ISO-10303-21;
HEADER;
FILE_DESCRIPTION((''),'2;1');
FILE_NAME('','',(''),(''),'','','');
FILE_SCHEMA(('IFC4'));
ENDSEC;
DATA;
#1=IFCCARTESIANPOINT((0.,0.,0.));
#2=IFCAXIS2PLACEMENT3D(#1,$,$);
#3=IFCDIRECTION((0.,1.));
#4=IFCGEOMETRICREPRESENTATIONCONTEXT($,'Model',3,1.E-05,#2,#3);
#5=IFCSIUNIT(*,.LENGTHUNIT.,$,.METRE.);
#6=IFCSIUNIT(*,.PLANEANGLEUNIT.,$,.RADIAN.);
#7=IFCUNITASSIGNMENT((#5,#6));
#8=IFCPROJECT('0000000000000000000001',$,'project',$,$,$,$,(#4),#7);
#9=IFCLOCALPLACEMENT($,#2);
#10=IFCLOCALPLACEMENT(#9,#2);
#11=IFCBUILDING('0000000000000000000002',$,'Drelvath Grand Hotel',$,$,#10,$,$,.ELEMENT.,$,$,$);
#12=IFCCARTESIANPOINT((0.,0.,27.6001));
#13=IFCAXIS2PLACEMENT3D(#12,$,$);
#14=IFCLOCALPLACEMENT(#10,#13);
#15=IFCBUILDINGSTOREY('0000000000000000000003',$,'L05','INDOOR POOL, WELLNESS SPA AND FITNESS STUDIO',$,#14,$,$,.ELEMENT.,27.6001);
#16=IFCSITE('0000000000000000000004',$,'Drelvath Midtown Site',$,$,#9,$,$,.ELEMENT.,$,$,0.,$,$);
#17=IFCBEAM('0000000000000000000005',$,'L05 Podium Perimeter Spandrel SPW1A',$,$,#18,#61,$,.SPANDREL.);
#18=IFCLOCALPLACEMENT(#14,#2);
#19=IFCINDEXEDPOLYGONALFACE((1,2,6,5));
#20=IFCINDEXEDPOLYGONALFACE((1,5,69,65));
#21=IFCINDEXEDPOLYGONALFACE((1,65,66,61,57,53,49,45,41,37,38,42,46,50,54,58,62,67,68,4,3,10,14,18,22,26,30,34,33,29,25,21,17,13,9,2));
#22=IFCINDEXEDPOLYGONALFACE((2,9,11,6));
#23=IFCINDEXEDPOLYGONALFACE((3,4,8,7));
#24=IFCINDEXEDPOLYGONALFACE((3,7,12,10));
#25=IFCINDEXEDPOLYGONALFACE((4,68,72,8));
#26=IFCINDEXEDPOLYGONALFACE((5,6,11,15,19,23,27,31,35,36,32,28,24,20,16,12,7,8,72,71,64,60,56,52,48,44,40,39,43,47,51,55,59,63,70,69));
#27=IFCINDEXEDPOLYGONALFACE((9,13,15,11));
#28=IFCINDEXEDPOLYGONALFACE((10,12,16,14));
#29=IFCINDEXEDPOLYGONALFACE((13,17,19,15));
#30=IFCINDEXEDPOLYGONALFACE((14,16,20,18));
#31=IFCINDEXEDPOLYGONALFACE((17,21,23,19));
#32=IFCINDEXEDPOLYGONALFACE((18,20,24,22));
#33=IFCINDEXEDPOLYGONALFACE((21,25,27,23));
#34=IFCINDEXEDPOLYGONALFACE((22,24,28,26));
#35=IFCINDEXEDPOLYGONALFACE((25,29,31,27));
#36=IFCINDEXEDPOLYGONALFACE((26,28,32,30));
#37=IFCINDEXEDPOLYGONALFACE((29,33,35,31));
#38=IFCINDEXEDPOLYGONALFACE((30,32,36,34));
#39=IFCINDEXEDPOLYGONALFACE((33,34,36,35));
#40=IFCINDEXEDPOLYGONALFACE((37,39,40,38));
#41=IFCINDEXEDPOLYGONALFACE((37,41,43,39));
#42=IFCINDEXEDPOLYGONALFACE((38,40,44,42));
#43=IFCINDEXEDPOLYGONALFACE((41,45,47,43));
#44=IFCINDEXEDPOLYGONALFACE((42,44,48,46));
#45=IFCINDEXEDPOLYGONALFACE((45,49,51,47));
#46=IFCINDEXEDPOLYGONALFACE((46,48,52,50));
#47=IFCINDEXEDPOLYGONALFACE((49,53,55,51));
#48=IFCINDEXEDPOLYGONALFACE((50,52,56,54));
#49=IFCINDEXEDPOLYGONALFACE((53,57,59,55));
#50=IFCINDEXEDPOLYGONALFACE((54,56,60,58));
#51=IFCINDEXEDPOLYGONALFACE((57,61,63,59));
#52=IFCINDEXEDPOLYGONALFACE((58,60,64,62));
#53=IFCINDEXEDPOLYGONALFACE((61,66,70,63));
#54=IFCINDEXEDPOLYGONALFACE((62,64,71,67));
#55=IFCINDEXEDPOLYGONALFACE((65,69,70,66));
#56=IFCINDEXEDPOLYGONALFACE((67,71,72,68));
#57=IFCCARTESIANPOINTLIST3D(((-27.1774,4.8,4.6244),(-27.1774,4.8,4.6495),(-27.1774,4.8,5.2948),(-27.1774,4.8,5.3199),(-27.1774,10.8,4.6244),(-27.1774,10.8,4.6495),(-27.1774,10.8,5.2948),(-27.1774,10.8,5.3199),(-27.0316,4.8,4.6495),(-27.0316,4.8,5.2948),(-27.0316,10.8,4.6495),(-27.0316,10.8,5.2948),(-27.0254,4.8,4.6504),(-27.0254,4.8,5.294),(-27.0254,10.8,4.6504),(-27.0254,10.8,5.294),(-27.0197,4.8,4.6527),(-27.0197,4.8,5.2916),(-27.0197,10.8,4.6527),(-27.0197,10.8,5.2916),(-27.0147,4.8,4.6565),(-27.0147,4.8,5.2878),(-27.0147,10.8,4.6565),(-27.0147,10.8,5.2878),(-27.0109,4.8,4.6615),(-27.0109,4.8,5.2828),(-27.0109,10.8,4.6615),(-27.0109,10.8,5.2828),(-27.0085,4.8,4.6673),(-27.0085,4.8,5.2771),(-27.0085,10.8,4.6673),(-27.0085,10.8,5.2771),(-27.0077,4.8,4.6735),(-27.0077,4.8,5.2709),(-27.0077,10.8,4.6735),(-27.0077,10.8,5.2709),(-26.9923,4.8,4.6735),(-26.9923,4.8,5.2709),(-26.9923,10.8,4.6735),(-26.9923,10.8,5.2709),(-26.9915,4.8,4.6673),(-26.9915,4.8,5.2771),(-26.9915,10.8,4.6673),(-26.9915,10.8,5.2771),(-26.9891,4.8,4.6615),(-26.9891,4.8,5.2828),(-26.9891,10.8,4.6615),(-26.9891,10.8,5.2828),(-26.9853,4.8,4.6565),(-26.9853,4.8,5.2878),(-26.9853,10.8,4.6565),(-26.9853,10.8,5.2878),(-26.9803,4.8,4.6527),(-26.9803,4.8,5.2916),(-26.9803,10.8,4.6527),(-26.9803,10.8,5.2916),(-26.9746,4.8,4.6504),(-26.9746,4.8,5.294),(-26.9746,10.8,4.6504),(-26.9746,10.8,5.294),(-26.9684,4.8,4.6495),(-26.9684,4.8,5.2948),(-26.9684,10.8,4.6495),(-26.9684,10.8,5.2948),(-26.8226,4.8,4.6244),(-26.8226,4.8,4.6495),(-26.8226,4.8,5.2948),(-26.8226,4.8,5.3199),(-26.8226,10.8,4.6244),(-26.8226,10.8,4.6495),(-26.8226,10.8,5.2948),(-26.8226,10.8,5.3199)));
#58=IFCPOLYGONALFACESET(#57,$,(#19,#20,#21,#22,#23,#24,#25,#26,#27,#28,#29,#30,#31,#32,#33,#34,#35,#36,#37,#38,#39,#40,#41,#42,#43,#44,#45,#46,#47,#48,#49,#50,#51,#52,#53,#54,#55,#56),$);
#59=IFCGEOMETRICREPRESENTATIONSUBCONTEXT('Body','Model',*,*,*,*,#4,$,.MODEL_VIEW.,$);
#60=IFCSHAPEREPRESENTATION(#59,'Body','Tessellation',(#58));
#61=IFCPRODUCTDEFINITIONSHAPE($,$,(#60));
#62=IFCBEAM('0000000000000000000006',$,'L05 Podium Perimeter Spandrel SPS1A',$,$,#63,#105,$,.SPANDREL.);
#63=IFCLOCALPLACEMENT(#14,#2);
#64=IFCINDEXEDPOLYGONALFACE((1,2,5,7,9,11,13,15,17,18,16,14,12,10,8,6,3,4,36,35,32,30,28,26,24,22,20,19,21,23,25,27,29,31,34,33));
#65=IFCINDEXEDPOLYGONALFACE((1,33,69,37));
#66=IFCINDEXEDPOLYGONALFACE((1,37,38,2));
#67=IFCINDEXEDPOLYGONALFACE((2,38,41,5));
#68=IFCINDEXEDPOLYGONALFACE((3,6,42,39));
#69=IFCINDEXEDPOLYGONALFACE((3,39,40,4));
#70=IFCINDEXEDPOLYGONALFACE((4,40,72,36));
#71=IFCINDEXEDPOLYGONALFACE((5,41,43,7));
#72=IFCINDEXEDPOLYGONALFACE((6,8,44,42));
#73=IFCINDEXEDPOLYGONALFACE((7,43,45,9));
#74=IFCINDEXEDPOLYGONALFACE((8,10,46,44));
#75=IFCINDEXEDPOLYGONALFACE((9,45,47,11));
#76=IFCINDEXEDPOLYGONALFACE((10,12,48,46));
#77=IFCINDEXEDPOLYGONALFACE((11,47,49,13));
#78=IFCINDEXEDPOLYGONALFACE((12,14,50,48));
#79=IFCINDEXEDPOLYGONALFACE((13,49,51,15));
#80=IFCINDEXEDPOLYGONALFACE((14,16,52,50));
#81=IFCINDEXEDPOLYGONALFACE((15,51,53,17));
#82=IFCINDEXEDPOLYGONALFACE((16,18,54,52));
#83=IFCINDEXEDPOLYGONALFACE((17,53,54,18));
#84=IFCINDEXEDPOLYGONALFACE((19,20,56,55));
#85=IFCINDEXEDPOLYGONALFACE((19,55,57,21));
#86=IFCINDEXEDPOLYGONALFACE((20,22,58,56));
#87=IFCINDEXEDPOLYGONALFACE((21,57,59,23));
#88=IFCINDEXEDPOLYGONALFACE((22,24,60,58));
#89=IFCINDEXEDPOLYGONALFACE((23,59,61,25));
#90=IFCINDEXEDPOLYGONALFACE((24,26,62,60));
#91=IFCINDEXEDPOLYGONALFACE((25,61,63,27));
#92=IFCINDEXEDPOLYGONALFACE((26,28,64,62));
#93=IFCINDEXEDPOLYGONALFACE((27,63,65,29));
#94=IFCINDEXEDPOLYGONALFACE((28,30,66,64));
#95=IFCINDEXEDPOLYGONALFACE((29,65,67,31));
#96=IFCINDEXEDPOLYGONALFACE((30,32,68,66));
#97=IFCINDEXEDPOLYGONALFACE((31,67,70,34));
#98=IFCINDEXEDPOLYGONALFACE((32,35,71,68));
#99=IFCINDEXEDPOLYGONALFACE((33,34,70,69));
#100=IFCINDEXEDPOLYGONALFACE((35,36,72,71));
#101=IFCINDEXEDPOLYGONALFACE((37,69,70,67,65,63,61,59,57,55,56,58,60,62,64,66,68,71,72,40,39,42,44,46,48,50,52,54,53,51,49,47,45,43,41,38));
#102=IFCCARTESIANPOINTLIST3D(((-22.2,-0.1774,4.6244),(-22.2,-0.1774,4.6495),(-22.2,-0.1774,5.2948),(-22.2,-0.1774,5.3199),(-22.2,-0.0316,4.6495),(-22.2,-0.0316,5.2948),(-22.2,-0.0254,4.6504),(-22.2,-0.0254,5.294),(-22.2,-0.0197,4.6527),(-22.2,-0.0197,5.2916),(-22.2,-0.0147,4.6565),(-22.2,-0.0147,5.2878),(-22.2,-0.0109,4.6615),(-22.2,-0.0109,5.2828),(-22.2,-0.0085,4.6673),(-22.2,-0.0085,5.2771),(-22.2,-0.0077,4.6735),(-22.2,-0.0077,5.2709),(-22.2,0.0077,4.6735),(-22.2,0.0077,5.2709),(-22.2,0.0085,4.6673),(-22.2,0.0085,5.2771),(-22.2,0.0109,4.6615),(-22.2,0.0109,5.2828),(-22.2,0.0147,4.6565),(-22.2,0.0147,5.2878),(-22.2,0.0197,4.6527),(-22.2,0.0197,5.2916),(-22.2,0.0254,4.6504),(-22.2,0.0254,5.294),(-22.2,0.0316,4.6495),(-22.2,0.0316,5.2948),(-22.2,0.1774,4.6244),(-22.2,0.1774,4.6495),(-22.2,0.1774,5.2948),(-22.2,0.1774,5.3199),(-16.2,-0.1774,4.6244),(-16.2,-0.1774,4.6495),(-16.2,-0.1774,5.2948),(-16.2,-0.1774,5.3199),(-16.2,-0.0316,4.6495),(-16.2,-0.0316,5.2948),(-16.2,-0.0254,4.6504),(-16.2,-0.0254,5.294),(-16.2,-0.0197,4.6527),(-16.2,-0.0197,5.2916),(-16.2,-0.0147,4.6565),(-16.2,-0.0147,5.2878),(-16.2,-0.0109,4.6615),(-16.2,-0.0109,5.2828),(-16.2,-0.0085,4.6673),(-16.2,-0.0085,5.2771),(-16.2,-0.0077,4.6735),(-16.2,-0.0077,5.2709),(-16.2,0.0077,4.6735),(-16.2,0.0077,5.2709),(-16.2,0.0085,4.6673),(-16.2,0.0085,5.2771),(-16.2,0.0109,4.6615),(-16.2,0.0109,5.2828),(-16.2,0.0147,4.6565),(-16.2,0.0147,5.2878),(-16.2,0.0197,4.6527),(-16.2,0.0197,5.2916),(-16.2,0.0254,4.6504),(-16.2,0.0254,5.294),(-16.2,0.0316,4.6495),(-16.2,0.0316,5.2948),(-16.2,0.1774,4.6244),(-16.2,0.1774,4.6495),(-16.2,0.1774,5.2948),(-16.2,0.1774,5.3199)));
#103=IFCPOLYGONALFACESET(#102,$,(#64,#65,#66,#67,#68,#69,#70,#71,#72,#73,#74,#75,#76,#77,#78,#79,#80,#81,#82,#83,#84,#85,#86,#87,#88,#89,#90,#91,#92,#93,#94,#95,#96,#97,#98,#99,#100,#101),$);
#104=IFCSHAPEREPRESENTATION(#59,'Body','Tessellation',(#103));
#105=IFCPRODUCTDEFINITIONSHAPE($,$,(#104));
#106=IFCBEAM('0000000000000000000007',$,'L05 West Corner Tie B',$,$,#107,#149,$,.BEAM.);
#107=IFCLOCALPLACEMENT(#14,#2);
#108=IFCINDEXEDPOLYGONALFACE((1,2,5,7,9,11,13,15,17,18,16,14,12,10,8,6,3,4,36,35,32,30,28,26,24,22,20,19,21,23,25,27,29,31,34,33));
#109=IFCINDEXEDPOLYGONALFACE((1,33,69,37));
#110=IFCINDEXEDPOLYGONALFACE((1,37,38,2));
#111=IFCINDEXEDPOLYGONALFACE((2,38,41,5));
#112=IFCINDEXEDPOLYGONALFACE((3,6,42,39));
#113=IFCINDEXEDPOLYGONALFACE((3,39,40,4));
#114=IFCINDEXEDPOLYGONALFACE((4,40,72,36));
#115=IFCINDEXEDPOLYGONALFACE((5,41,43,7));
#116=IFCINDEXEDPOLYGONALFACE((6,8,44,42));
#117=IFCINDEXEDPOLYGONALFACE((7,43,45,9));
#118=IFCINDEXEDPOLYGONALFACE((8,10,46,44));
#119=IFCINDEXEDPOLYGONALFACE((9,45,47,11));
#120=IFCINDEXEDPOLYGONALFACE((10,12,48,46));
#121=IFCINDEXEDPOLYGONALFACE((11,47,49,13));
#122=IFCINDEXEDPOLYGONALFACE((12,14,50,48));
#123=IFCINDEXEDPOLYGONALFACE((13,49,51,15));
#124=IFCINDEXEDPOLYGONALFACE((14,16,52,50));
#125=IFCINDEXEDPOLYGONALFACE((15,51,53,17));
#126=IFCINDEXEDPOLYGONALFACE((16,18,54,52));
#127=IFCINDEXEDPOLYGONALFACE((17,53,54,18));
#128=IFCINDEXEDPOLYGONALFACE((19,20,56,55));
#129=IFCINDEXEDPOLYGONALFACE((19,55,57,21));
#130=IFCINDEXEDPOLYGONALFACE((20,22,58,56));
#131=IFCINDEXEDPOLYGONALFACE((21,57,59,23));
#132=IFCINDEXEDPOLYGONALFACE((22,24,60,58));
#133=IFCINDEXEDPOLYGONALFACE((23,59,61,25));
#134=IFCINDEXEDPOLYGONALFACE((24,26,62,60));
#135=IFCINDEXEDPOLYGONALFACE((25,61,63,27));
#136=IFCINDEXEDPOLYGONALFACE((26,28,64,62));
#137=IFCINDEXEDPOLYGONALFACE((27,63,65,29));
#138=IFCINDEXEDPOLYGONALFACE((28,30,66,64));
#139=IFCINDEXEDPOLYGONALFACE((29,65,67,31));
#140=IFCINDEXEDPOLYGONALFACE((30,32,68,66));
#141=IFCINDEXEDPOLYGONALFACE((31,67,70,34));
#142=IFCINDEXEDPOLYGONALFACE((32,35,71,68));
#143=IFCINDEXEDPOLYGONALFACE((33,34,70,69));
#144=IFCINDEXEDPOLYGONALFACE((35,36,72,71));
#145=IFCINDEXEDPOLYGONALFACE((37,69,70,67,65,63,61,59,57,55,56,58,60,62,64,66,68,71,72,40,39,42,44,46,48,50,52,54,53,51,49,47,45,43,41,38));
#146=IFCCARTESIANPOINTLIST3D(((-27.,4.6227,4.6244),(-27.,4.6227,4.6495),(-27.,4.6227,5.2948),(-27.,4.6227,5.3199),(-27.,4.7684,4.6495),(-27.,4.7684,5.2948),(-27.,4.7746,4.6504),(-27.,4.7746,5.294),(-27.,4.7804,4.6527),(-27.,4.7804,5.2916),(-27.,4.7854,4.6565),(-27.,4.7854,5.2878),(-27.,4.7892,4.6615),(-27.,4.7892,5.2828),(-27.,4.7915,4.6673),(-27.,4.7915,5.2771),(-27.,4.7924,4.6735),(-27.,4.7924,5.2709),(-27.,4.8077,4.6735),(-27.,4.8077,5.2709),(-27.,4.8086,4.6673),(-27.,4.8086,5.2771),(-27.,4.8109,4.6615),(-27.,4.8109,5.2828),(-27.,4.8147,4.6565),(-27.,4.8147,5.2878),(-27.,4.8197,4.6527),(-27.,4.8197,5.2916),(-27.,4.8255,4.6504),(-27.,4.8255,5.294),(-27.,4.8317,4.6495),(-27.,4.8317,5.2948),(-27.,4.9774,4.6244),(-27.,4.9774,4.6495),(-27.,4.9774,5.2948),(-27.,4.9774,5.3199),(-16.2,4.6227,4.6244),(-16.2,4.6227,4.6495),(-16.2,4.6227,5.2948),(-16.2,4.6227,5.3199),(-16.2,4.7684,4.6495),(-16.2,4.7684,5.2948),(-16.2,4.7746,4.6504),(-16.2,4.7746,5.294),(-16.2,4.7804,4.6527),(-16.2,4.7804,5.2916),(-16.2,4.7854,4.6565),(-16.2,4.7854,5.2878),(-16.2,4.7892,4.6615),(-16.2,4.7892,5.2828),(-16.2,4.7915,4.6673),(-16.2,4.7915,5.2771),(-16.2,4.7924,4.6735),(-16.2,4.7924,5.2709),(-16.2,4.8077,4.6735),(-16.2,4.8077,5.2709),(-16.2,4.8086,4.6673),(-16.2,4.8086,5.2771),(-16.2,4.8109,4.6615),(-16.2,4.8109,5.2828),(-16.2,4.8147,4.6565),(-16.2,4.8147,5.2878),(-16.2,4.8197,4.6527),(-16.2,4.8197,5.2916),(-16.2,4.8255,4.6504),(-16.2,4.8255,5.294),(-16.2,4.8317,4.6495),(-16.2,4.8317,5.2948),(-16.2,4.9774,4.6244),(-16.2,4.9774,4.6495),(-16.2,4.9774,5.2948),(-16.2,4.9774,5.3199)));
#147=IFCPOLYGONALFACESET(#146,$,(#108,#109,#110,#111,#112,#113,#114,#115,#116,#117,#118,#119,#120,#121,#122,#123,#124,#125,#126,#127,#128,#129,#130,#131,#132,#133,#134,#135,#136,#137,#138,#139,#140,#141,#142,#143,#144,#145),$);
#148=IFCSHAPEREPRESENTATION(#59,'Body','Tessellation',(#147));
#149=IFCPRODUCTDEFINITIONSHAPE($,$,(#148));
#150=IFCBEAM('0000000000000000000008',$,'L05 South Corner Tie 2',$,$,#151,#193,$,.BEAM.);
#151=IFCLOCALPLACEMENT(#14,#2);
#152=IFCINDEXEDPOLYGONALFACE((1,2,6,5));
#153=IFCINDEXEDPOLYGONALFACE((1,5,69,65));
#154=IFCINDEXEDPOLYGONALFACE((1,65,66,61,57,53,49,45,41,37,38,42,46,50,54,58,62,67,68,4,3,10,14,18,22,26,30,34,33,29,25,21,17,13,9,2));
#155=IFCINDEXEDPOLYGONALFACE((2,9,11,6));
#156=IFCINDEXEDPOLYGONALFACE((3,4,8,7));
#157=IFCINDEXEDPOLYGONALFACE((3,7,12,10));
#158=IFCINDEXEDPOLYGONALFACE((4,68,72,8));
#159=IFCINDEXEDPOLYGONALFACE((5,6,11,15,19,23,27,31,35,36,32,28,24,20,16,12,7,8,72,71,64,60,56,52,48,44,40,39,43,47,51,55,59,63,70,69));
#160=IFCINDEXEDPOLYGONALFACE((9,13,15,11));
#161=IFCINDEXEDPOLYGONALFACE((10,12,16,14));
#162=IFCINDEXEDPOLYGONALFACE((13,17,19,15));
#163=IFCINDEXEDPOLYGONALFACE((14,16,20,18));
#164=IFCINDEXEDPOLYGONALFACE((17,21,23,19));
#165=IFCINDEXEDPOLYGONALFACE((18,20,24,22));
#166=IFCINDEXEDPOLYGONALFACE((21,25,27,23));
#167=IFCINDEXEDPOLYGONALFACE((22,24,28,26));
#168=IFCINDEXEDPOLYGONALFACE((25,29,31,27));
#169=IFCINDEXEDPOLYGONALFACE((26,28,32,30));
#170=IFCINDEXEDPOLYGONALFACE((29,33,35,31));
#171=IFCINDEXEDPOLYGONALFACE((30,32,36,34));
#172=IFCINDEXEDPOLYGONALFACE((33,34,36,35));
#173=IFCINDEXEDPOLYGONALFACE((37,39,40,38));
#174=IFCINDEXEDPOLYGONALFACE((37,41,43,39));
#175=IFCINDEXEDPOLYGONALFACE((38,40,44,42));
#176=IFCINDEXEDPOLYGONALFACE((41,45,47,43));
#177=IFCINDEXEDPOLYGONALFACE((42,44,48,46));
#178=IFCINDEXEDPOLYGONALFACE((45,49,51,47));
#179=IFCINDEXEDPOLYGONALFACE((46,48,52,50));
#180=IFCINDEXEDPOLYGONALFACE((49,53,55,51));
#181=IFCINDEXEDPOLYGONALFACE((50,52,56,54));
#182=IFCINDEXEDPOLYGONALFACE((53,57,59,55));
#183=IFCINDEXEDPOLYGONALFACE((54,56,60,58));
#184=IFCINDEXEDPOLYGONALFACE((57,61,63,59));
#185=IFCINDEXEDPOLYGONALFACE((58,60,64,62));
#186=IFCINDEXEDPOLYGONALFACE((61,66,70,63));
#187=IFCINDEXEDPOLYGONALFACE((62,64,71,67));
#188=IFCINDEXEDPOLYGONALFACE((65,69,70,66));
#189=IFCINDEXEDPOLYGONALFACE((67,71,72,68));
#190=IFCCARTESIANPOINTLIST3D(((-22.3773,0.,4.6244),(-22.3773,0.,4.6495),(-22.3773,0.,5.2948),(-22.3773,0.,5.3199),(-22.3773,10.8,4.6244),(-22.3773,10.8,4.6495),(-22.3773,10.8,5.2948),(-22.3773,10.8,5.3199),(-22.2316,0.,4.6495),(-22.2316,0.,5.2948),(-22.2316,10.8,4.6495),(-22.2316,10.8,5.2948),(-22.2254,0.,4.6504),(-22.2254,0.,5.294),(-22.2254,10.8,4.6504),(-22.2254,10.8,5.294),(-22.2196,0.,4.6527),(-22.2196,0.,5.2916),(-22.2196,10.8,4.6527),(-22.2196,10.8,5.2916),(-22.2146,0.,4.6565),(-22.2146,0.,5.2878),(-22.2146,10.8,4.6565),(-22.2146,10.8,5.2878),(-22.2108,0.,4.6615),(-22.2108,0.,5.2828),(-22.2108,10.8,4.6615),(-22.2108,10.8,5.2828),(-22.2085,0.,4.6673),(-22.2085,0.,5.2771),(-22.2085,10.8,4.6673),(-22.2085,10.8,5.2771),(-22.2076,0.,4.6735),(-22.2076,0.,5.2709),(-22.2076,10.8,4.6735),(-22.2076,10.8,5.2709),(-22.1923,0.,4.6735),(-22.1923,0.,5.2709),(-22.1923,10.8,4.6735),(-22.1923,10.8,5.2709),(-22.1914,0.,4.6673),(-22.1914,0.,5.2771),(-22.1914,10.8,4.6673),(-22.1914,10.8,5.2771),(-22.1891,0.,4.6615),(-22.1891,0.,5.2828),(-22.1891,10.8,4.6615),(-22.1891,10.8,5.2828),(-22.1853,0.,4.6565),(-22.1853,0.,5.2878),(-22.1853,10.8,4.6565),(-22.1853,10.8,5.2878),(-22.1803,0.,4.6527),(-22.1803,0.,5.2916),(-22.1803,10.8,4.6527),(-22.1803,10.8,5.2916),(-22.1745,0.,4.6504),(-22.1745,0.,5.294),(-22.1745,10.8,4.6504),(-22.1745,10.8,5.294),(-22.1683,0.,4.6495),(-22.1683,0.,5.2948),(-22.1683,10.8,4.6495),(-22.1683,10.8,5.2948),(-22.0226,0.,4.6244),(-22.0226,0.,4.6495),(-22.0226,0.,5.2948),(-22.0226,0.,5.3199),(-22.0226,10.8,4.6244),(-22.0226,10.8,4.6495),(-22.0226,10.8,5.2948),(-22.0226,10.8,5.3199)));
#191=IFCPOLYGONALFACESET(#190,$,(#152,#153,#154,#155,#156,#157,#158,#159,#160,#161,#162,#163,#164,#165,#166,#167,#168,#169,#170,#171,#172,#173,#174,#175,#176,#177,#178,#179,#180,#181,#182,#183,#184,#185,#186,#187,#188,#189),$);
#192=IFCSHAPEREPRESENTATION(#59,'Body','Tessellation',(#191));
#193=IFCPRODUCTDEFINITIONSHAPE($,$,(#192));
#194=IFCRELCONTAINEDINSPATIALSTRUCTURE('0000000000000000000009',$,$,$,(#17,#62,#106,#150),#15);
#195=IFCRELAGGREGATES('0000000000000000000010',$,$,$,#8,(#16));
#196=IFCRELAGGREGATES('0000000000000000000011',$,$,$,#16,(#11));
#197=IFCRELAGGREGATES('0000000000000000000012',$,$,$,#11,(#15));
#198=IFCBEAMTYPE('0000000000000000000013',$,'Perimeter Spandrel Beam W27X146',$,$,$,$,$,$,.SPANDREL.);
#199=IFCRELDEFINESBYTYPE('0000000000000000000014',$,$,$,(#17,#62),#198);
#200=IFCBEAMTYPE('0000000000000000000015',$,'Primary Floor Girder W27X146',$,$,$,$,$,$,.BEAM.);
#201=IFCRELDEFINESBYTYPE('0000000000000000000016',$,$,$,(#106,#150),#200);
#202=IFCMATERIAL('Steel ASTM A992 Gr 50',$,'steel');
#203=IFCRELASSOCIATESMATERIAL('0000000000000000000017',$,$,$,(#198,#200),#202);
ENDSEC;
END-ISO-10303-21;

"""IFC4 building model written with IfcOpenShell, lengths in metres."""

from ifc_helpers import new_model, si_unit, direction, frame, origin, origin_2d, place, context, subcontext, project, spatial, i_section, extrude, material, material_profile, profile_set, type_object, element, save


model = new_model("IFC4")

# Units and contexts
model_context = context("Model", 3, precision=1e-05, world=origin(), true_north=direction((0.0, 1.0)))
body_context = subcontext(model_context, "Body", "Model", "MODEL_VIEW")
ifc_project = project(units=[si_unit("LENGTHUNIT", "METRE"), si_unit("PLANEANGLEUNIT", "RADIAN")], contexts=[model_context])

# Site, building, storey
site_placement = place(None, origin())
site = spatial("IfcSite", under=ifc_project, at=site_placement, Name="Drelvath Midtown Site", CompositionType="ELEMENT", RefElevation=0.0)
building_placement = place(site_placement, origin())
building = spatial("IfcBuilding", under=site, at=building_placement, Name="Drelvath Grand Hotel", CompositionType="ELEMENT")
storey_placement = place(building_placement, frame((0.0, 0.0, 27.6001)))
storey = spatial("IfcBuildingStorey", under=building, at=storey_placement, Name="L05", Description="INDOOR POOL, WELLNESS SPA AND FITNESS STUDIO", CompositionType="ELEMENT", Elevation=27.6001)

# Beams
ifc_material_1 = material(Name="Steel ASTM A992 Gr 50", Category="steel")
ifc_material_profile_1 = material_profile(ifc_material_1, i_section(OverallWidth=0.3547, OverallDepth=0.6956, WebThickness=0.0154, FlangeThickness=0.0251, FilletRadius=0.0239, at=origin_2d()), Name="W27X146")
ifc_profile_set_1 = profile_set([ifc_material_profile_1], Name="Steel ASTM A992 Gr 50")
beam_type_1 = type_object("IfcBeamType", Name="Perimeter Spandrel Beam W27X146", PredefinedType="SPANDREL", material=ifc_profile_set_1)
for number, where, z_axis, x_axis, name in (
    (1, (-27.0, 4.8, 4.9722), (0.0, 1.0, 0.0), (-1.0, 0.0, 0.0), "L05 Podium Perimeter Spandrel SPW1A"),
    (2, (-22.2, 0.0, 4.9722), (1.0, 0.0, 0.0), (0.0, 1.0, 0.0), "L05 Podium Perimeter Spandrel SPS1A"),
):
    element("IfcBeam", number, at=place(storey_placement, frame(where, z_axis=z_axis, x_axis=x_axis)), inside=storey, type_object=beam_type_1, Name=name, PredefinedType="SPANDREL", context=body_context, shape_type="SweptSolid", body=[
        extrude(i_section(OverallWidth=0.3547, OverallDepth=0.6956, WebThickness=0.0154, FlangeThickness=0.0251, FilletRadius=0.0239, at=origin_2d()), origin(), (0.0, 0.0, 1.0), 6.0),
    ])
ifc_material_profile_2 = material_profile(ifc_material_1, i_section(OverallWidth=0.3547, OverallDepth=0.6956, WebThickness=0.0154, FlangeThickness=0.0251, FilletRadius=0.0239, at=origin_2d()), Name="W27X146")
ifc_profile_set_2 = profile_set([ifc_material_profile_2], Name="Steel ASTM A992 Gr 50")
beam_type_2 = type_object("IfcBeamType", Name="Primary Floor Girder W27X146", PredefinedType="BEAM", material=ifc_profile_set_2)
for number, where, z_axis, x_axis, name in (
    (3, (-27.0, 4.8, 4.9722), (1.0, 0.0, 0.0), (0.0, 1.0, 0.0), "L05 West Corner Tie B"),
    (4, (-22.2, 0.0, 4.9722), (0.0, 1.0, 0.0), (-1.0, 0.0, 0.0), "L05 South Corner Tie 2"),
):
    element("IfcBeam", number, at=place(storey_placement, frame(where, z_axis=z_axis, x_axis=x_axis)), inside=storey, type_object=beam_type_2, Name=name, PredefinedType="BEAM", context=body_context, shape_type="SweptSolid", body=[
        extrude(i_section(OverallWidth=0.3547, OverallDepth=0.6956, WebThickness=0.0154, FlangeThickness=0.0251, FilletRadius=0.0239, at=origin_2d()), origin(), (0.0, 0.0, 1.0), 10.8),
    ])

save(model, "model.ifc")
